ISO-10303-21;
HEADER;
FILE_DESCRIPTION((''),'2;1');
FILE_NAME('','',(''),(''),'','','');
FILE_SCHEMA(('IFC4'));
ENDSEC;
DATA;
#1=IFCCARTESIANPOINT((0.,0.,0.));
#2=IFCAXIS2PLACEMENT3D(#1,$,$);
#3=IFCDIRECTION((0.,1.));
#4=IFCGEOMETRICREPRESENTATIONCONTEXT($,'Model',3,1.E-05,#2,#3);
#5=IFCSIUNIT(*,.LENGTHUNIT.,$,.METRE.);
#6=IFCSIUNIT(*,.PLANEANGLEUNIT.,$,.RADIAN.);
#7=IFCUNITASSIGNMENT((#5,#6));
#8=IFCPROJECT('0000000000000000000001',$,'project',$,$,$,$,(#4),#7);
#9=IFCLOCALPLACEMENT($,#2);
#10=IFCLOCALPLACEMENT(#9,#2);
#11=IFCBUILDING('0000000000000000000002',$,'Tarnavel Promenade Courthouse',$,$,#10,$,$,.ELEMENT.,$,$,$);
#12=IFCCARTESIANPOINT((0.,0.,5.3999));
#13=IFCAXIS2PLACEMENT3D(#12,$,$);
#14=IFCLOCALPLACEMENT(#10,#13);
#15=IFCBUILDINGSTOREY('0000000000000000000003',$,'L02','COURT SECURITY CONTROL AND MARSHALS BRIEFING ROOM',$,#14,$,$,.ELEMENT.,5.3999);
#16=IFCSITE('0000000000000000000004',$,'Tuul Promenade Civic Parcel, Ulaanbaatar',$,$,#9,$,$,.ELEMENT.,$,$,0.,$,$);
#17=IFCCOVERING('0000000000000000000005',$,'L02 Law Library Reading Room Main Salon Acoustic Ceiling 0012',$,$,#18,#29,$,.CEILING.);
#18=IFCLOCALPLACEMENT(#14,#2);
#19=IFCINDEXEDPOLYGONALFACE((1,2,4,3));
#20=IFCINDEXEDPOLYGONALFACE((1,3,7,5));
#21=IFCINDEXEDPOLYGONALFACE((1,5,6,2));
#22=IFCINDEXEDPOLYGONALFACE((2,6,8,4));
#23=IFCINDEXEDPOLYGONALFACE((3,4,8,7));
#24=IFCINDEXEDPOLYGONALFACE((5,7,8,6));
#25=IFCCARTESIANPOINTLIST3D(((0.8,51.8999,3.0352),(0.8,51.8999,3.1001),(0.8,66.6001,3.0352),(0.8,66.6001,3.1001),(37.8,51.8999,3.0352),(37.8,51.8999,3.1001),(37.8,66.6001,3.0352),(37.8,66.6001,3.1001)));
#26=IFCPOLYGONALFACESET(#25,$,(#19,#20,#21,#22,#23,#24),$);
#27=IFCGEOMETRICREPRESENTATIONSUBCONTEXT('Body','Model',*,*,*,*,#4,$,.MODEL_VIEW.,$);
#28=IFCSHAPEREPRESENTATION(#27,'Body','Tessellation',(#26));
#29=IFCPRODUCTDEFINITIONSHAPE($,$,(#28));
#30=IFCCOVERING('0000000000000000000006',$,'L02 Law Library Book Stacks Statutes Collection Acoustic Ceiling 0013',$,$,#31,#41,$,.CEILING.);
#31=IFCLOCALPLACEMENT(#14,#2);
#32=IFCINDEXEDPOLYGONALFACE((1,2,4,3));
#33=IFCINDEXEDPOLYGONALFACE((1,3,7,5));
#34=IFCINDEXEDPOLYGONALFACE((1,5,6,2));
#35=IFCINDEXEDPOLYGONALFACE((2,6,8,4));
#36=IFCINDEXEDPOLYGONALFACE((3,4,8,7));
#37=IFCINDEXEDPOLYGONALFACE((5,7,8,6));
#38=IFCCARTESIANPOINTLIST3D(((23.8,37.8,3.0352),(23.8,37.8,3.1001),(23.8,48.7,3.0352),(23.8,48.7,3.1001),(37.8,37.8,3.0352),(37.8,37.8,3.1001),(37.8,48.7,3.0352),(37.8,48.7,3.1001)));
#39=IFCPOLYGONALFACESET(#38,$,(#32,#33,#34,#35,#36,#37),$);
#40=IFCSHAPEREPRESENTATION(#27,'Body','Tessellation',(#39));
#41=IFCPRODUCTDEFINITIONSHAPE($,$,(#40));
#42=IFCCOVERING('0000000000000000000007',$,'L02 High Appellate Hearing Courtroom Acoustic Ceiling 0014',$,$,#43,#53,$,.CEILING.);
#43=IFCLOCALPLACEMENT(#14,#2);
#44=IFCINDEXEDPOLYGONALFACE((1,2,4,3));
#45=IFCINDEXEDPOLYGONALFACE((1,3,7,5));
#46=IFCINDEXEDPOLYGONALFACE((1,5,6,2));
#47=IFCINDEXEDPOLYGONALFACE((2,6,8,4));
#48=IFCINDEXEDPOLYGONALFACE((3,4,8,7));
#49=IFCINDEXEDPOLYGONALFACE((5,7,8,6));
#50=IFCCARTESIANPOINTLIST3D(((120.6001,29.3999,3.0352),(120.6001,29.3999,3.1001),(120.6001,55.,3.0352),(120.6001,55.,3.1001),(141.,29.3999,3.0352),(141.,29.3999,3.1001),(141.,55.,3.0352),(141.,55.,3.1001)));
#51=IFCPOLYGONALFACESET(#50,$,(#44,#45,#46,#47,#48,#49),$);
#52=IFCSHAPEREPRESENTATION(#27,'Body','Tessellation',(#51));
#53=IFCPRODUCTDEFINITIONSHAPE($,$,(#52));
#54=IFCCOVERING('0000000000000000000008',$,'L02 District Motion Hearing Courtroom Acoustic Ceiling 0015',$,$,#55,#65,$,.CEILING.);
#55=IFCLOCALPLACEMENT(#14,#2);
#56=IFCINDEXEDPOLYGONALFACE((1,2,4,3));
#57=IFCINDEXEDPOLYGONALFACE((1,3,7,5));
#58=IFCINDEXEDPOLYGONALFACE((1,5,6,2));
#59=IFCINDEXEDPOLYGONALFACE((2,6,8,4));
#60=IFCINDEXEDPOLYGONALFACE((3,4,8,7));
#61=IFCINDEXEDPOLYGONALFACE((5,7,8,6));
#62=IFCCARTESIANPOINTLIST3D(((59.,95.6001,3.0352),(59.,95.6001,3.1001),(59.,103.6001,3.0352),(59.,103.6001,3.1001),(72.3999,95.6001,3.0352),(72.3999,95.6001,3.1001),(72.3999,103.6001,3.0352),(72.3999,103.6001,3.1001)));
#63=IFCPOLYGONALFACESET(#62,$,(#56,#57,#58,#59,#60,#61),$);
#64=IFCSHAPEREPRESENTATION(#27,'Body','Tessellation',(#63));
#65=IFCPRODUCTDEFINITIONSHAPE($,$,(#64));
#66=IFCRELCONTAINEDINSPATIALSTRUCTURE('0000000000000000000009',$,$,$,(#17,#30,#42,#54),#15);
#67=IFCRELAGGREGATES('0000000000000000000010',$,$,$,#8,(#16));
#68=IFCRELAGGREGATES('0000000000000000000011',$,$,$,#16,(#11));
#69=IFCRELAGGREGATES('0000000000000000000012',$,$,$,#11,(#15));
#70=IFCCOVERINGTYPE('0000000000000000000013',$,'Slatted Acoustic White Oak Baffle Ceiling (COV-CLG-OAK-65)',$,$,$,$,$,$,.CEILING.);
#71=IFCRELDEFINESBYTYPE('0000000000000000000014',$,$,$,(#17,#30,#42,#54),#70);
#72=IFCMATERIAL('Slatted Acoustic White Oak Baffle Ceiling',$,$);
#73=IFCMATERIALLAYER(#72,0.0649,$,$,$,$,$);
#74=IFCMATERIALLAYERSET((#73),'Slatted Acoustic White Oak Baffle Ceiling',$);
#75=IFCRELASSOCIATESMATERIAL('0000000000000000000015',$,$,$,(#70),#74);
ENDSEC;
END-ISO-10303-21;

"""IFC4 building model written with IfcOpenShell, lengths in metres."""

from ifc_helpers import new_model, si_unit, direction, frame, origin, place, context, subcontext, project, spatial, polyline, outline, extrude, material, layer, layer_set, type_object, element, save


model = new_model("IFC4")

# Units and contexts
model_context = context("Model", 3, precision=1e-05, world=origin(), true_north=direction((0.0, 1.0)))
body_context = subcontext(model_context, "Body", "Model", "MODEL_VIEW")
ifc_project = project(units=[si_unit("LENGTHUNIT", "METRE"), si_unit("PLANEANGLEUNIT", "RADIAN")], contexts=[model_context])

# Site, building, storey
site_placement = place(None, origin())
site = spatial("IfcSite", under=ifc_project, at=site_placement, Name="Tuul Promenade Civic Parcel, Ulaanbaatar", CompositionType="ELEMENT", RefElevation=0.0)
building_placement = place(site_placement, origin())
building = spatial("IfcBuilding", under=site, at=building_placement, Name="Tarnavel Promenade Courthouse", CompositionType="ELEMENT")
storey_placement = place(building_placement, frame((0.0, 0.0, 5.3999)))
storey = spatial("IfcBuildingStorey", under=building, at=storey_placement, Name="L02", Description="COURT SECURITY CONTROL AND MARSHALS BRIEFING ROOM", CompositionType="ELEMENT", Elevation=5.3999)

# Coverings
ifc_material_1 = material(Name="Slatted Acoustic White Oak Baffle Ceiling")
ifc_layer_1 = layer(ifc_material_1, 0.0649)
ifc_layer_set_1 = layer_set([ifc_layer_1], Name="Slatted Acoustic White Oak Baffle Ceiling")
covering_type_1 = type_object("IfcCoveringType", Name="Slatted Acoustic White Oak Baffle Ceiling (COV-CLG-OAK-65)", PredefinedType="CEILING", material=ifc_layer_set_1)
covering_1_placement = place(storey_placement, frame((0.0, 0.0, 3.0352)))
element("IfcCovering", 1, at=covering_1_placement, inside=storey, type_object=covering_type_1, Name="L02 Law Library Reading Room Main Salon Acoustic Ceiling 0012", PredefinedType="CEILING", context=body_context, shape_type="SweptSolid", body=[
    extrude(outline(polyline([(0.8, 51.8999), (37.8, 51.8999), (37.8, 66.6001), (0.8, 66.6001), (0.8, 51.8999)])), origin(), (0.0, 0.0, 1.0), 0.0649),
])
covering_2_placement = place(storey_placement, frame((0.0, 0.0, 3.0352)))
element("IfcCovering", 2, at=covering_2_placement, inside=storey, type_object=covering_type_1, Name="L02 Law Library Book Stacks Statutes Collection Acoustic Ceiling 0013", PredefinedType="CEILING", context=body_context, shape_type="SweptSolid", body=[
    extrude(outline(polyline([(23.8, 37.8), (37.8, 37.8), (37.8, 48.7), (23.8, 48.7), (23.8, 37.8)])), origin(), (0.0, 0.0, 1.0), 0.0649),
])
covering_3_placement = place(storey_placement, frame((0.0, 0.0, 3.0352)))
element("IfcCovering", 3, at=covering_3_placement, inside=storey, type_object=covering_type_1, Name="L02 High Appellate Hearing Courtroom Acoustic Ceiling 0014", PredefinedType="CEILING", context=body_context, shape_type="SweptSolid", body=[
    extrude(outline(polyline([(120.6001, 29.3999), (141.0, 29.3999), (141.0, 55.0), (120.6001, 55.0), (120.6001, 29.3999)])), origin(), (0.0, 0.0, 1.0), 0.0649),
])
covering_4_placement = place(storey_placement, frame((0.0, 0.0, 3.0352)))
element("IfcCovering", 4, at=covering_4_placement, inside=storey, type_object=covering_type_1, Name="L02 District Motion Hearing Courtroom Acoustic Ceiling 0015", PredefinedType="CEILING", context=body_context, shape_type="SweptSolid", body=[
    extrude(outline(polyline([(59.0, 95.6001), (72.3999, 95.6001), (72.3999, 103.6001), (59.0, 103.6001), (59.0, 95.6001)])), origin(), (0.0, 0.0, 1.0), 0.0649),
])

save(model, "model.ifc")
